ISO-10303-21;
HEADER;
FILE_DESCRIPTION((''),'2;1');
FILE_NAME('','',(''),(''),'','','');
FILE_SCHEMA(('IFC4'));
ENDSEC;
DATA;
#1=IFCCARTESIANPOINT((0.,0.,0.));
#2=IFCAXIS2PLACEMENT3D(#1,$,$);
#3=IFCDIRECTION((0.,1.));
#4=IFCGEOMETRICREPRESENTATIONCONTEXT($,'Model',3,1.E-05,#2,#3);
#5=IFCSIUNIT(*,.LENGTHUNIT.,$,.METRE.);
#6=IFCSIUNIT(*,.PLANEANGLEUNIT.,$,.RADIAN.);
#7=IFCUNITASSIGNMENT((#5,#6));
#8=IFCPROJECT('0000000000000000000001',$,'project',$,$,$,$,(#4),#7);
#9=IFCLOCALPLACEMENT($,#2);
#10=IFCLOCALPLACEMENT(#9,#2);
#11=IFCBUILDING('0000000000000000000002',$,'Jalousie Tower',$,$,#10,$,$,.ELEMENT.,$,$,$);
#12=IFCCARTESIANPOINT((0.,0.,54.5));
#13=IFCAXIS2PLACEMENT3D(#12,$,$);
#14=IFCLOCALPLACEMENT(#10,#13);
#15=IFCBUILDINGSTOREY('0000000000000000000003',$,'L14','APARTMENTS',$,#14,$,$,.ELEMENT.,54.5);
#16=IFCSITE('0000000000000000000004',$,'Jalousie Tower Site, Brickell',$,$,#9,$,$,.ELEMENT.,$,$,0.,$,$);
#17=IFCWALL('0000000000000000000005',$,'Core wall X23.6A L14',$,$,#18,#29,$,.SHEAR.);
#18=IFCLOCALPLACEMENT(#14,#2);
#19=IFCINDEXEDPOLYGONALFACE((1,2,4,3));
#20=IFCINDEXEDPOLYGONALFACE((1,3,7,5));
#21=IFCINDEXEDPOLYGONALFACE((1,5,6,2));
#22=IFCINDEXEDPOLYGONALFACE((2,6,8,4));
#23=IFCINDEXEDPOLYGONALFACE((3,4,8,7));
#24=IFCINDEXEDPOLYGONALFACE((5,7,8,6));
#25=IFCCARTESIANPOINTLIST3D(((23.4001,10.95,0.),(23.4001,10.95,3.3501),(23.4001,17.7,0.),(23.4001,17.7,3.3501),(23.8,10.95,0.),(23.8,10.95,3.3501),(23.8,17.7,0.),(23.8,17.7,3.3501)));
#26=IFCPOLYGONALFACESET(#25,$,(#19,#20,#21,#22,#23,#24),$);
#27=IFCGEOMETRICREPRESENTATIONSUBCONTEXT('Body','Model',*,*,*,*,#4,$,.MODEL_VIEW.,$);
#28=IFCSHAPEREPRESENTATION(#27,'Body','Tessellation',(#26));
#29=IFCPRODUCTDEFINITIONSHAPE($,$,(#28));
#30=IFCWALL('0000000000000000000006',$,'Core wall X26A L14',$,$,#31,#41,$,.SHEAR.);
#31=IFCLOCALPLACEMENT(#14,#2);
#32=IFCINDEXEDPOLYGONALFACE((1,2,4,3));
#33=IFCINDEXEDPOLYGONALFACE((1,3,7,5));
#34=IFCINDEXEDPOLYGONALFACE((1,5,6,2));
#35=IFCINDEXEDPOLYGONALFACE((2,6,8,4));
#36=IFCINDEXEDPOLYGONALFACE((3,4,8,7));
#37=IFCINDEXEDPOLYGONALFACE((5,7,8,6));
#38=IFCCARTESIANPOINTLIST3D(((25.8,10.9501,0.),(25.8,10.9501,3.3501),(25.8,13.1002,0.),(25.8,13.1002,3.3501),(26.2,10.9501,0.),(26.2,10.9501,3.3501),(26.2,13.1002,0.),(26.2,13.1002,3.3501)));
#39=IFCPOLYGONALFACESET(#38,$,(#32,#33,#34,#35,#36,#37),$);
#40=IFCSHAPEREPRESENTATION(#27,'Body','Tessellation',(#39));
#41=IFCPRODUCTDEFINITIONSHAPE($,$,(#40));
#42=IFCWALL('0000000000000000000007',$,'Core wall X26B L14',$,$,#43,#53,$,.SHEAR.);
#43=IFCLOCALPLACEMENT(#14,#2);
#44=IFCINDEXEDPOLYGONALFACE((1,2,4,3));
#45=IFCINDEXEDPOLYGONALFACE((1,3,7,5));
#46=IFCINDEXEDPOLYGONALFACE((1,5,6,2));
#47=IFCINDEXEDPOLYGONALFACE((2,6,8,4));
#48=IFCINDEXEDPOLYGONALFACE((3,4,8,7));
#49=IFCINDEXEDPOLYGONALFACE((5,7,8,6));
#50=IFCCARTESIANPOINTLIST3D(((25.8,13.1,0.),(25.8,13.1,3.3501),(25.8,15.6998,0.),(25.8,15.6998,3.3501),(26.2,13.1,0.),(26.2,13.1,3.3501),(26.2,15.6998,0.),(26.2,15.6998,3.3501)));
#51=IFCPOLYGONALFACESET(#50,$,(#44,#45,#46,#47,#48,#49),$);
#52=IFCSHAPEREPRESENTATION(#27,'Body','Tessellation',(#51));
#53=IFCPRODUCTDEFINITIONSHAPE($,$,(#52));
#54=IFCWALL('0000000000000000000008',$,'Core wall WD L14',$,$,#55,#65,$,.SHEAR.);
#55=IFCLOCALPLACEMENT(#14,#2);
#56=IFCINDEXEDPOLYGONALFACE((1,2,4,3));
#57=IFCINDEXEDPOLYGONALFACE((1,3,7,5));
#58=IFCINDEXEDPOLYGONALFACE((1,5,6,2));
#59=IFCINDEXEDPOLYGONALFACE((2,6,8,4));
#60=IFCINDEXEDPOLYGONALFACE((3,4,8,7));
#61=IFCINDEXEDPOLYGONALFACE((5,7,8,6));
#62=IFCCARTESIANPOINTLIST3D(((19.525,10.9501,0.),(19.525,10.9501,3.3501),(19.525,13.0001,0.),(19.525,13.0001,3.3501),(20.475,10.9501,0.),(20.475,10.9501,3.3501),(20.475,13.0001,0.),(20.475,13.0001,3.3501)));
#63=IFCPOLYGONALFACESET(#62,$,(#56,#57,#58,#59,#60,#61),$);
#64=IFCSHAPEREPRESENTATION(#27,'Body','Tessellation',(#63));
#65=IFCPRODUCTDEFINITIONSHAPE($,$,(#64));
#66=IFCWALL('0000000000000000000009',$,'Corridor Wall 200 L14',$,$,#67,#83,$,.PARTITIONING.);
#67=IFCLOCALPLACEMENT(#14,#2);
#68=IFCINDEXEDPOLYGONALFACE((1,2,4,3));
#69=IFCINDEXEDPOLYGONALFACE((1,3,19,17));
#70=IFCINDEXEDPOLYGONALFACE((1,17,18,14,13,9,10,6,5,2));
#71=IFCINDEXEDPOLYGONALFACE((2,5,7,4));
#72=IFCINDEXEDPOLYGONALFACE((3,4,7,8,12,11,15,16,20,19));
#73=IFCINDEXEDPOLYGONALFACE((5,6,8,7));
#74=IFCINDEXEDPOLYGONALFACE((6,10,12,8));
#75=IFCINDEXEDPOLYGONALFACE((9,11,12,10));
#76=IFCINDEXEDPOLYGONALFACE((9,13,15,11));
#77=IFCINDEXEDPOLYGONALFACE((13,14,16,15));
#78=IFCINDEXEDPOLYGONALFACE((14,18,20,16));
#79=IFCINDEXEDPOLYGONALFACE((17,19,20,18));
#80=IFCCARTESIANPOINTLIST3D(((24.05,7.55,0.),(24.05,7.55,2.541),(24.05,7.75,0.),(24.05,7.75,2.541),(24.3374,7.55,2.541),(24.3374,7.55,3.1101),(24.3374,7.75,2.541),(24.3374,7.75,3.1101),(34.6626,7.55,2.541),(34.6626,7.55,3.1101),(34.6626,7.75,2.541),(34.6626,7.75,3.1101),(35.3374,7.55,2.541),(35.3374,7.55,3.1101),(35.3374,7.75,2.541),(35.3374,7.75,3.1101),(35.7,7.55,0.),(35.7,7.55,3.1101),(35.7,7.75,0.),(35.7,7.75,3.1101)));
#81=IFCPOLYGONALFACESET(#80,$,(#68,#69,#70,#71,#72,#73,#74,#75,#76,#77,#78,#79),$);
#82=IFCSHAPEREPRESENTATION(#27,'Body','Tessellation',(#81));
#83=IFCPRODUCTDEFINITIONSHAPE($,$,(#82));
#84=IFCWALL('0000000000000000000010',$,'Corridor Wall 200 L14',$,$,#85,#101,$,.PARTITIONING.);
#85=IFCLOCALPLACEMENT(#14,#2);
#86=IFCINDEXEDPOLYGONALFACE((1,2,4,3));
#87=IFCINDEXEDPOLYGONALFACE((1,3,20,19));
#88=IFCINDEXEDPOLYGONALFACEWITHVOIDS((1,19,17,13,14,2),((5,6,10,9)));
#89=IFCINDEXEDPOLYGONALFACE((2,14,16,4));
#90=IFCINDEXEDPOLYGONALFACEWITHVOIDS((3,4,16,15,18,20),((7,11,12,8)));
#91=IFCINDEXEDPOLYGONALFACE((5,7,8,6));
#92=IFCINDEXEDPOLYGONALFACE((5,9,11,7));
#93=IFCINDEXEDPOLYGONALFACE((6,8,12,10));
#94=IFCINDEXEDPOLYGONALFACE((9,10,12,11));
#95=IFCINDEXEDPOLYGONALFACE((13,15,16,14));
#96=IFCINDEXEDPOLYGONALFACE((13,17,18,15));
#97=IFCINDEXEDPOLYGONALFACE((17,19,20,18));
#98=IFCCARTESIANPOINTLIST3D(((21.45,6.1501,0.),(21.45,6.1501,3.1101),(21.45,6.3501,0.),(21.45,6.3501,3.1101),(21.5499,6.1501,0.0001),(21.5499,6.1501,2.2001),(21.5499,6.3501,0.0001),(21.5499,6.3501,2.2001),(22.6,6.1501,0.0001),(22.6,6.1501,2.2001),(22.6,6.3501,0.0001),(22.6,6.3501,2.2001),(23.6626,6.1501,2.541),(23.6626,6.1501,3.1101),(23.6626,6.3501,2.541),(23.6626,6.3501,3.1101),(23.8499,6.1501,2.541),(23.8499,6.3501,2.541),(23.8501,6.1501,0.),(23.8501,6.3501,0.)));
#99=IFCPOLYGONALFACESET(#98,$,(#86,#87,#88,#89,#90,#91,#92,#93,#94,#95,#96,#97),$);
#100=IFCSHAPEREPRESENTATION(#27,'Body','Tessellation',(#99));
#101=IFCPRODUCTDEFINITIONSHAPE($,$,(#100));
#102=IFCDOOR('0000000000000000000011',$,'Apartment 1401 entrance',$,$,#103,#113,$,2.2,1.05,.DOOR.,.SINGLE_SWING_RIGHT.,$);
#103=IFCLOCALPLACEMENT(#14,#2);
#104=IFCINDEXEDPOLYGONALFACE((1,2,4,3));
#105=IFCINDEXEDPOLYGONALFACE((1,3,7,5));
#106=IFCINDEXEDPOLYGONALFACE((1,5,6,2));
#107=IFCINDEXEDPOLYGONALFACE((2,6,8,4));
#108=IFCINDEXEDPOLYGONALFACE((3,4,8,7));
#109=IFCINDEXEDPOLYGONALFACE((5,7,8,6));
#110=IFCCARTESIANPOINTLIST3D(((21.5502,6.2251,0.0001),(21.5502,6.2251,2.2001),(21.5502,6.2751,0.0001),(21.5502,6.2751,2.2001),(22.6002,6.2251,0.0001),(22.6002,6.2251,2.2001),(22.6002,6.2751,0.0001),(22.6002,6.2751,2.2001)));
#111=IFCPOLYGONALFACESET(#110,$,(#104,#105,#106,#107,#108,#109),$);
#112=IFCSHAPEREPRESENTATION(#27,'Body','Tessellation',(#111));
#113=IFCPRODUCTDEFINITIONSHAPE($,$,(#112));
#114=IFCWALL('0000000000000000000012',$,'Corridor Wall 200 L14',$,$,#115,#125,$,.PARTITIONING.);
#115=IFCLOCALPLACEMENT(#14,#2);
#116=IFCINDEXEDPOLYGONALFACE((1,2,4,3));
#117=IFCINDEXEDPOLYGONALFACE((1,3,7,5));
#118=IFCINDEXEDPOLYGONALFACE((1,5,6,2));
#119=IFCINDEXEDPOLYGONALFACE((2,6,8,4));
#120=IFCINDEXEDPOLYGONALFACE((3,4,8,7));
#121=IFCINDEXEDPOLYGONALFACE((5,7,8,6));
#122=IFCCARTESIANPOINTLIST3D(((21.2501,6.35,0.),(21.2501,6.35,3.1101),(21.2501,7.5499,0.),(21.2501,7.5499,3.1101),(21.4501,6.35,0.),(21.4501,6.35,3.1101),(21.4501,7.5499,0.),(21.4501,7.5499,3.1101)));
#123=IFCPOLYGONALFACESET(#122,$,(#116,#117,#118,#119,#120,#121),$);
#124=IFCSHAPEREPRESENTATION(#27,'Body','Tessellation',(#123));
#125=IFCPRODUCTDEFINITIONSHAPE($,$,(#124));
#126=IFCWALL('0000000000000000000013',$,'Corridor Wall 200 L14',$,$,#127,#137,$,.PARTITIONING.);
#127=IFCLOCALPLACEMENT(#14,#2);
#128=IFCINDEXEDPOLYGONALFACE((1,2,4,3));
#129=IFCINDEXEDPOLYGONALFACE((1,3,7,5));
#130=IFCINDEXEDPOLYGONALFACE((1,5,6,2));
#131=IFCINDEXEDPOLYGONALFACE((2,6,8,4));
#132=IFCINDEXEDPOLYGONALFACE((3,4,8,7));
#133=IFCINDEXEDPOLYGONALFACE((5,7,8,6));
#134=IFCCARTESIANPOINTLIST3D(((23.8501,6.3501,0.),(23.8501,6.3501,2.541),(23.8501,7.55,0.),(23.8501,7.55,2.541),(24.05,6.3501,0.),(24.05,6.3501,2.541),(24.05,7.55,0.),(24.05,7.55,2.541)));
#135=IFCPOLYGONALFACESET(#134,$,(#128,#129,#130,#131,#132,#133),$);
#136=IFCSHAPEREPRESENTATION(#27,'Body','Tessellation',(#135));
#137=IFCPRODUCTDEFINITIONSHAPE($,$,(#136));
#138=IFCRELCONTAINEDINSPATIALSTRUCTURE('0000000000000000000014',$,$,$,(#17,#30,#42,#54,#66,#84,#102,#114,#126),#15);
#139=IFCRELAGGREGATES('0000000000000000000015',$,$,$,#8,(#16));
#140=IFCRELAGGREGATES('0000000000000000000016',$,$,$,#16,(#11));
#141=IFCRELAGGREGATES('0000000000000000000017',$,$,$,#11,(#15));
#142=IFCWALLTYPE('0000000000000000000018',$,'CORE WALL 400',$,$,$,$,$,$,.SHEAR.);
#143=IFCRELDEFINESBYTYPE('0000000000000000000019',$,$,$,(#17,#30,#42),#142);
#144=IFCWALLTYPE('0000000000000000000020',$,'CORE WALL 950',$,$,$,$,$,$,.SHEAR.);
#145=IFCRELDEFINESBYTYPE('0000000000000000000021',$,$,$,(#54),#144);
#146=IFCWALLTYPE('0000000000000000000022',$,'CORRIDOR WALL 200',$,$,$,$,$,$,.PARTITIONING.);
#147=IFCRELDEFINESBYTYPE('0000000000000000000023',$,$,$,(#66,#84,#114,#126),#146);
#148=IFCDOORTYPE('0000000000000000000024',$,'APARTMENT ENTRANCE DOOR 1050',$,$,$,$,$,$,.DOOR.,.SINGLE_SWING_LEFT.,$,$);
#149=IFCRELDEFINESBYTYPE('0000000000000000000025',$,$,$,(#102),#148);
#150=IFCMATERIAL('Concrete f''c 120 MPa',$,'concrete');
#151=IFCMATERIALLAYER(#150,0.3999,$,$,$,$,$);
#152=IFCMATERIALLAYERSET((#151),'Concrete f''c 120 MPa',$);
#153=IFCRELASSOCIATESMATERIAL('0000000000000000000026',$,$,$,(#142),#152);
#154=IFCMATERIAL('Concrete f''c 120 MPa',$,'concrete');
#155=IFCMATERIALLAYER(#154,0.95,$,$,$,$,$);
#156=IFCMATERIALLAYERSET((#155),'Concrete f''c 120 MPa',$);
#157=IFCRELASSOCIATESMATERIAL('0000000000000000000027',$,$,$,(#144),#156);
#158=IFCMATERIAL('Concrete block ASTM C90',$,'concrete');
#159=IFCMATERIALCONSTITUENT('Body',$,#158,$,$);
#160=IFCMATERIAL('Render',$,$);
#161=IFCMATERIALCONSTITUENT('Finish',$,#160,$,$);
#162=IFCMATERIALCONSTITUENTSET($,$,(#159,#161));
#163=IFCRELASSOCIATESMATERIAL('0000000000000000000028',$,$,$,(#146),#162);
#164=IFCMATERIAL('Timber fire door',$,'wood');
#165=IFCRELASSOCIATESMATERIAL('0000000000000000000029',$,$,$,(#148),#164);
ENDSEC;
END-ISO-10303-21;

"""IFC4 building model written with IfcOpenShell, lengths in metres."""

from ifc_helpers import new_model, si_unit, direction, frame, frame_2d, origin, place, context, subcontext, project, spatial, polyline, rectangle, outline, extrude, material, layer, layer_set, constituent, constituent_set, type_object, element, fill, save


model = new_model("IFC4")

# Units and contexts
model_context = context("Model", 3, precision=1e-05, world=origin(), true_north=direction((0.0, 1.0)))
body_context = subcontext(model_context, "Body", "Model", "MODEL_VIEW")
ifc_project = project(units=[si_unit("LENGTHUNIT", "METRE"), si_unit("PLANEANGLEUNIT", "RADIAN")], contexts=[model_context])

# Site, building, storey
site_placement = place(None, origin())
site = spatial("IfcSite", under=ifc_project, at=site_placement, Name="Jalousie Tower Site, Brickell", CompositionType="ELEMENT", RefElevation=0.0)
building_placement = place(site_placement, origin())
building = spatial("IfcBuilding", under=site, at=building_placement, Name="Jalousie Tower", CompositionType="ELEMENT")
storey_placement = place(building_placement, frame((0.0, 0.0, 54.5)))
storey = spatial("IfcBuildingStorey", under=building, at=storey_placement, Name="L14", Description="APARTMENTS", CompositionType="ELEMENT", Elevation=54.5)

# Walls
ifc_material_1 = material(Name="Concrete f'c 120 MPa", Category="concrete")
ifc_layer_1 = layer(ifc_material_1, 0.3999)
ifc_layer_set_1 = layer_set([ifc_layer_1], Name="Concrete f'c 120 MPa")
wall_type_1 = type_object("IfcWallType", Name="CORE WALL 400", PredefinedType="SHEAR", material=ifc_layer_set_1)
wall_1_placement = place(storey_placement, frame((23.6001, 10.95, 0.0), z_axis=(0.0, 0.0, 1.0), x_axis=(0.0, 1.0, 0.0)))
element("IfcWall", 1, at=wall_1_placement, inside=storey, type_object=wall_type_1, Name="Core wall X23.6A L14", PredefinedType="SHEAR", context=body_context, shape_type="SweptSolid", body=[
    extrude(rectangle(XDim=6.75, YDim=0.3999, at=frame_2d((3.375, 0.0))), origin(), (0.0, 0.0, 1.0), 3.3501),
])
wall_2_placement = place(storey_placement, frame((26.0, 10.95, 0.0), z_axis=(0.0, 0.0, 1.0), x_axis=(0.0, 1.0, 0.0)))
element("IfcWall", 2, at=wall_2_placement, inside=storey, type_object=wall_type_1, Name="Core wall X26A L14", PredefinedType="SHEAR", context=body_context, shape_type="SweptSolid", body=[
    extrude(rectangle(XDim=2.1501, YDim=0.3999, at=frame_2d((1.0752, 0.0))), origin(), (0.0, 0.0, 1.0), 3.3501),
])
wall_3_placement = place(storey_placement, frame((26.0, 13.1001, 0.0), z_axis=(0.0, 0.0, 1.0), x_axis=(0.0, 1.0, 0.0)))
element("IfcWall", 3, at=wall_3_placement, inside=storey, type_object=wall_type_1, Name="Core wall X26B L14", PredefinedType="SHEAR", context=body_context, shape_type="SweptSolid", body=[
    extrude(rectangle(XDim=2.5999, YDim=0.3999, at=frame_2d((1.2998, 0.0))), origin(), (0.0, 0.0, 1.0), 3.3501),
])
ifc_material_2 = material(Name="Concrete f'c 120 MPa", Category="concrete")
ifc_layer_2 = layer(ifc_material_2, 0.95)
ifc_layer_set_2 = layer_set([ifc_layer_2], Name="Concrete f'c 120 MPa")
wall_type_2 = type_object("IfcWallType", Name="CORE WALL 950", PredefinedType="SHEAR", material=ifc_layer_set_2)
wall_4_placement = place(storey_placement, frame((20.0, 13.0, 0.0), z_axis=(0.0, 0.0, 1.0), x_axis=(0.0, -1.0, 0.0)))
element("IfcWall", 4, at=wall_4_placement, inside=storey, type_object=wall_type_2, Name="Core wall WD L14", PredefinedType="SHEAR", context=body_context, shape_type="SweptSolid", body=[
    extrude(rectangle(XDim=2.05, YDim=0.95, at=frame_2d((1.0249, 0.0))), origin(), (0.0, 0.0, 1.0), 3.3501),
])
ifc_material_3 = material(Name="Concrete block ASTM C90", Category="concrete")
ifc_constituent_1 = constituent(ifc_material_3, Name="Body")
ifc_material_4 = material(Name="Render")
ifc_constituent_2 = constituent(ifc_material_4, Name="Finish")
ifc_constituent_set_1 = constituent_set(constituents=[ifc_constituent_1, ifc_constituent_2])
wall_type_3 = type_object("IfcWallType", Name="CORRIDOR WALL 200", PredefinedType="PARTITIONING", material=ifc_constituent_set_1)
wall_5_placement = place(storey_placement, frame((24.05, 7.6499, 0.0), z_axis=(0.0, 0.0, 1.0), x_axis=(1.0, 0.0, 0.0)))
element("IfcWall", 5, at=wall_5_placement, inside=storey, type_object=wall_type_3, Name="Corridor Wall 200 L14", PredefinedType="PARTITIONING", context=body_context, shape_type="SweptSolid", body=[
    extrude(outline(polyline([(0.0, 0.0), (11.6499, 0.0), (11.6499, 3.1101), (11.2874, 3.1101), (11.2874, 2.541), (10.6125, 2.541), (10.6125, 3.1101), (0.2874, 3.1101), (0.2874, 2.541), (0.0, 2.541), (0.0, 3.1101), (0.0, 0.0)])), frame((0.0, 0.1001, 0.0), z_axis=(0.0, -1.0, 0.0), x_axis=(1.0, 0.0, 0.0)), (0.0, 0.0, 1.0), 0.2),
])

# Wall, opening, door
wall_6_placement = place(storey_placement, frame((21.45, 6.25, 0.0), z_axis=(0.0, 0.0, 1.0), x_axis=(1.0, 0.0, 0.0)))
wall_6 = element("IfcWall", 6, at=wall_6_placement, inside=storey, type_object=wall_type_3, Name="Corridor Wall 200 L14", PredefinedType="PARTITIONING", context=body_context, shape_type="SweptSolid", body=[
    extrude(outline(polyline([(0.0, 0.0), (2.4001, 0.0), (2.3999, 3.1101), (2.3999, 2.541), (2.2126, 2.541), (2.2126, 3.1101), (0.0, 3.1101), (0.0, 0.0)])), frame((0.0, 0.1001, 0.0), z_axis=(0.0, -1.0, 0.0), x_axis=(1.0, 0.0, 0.0)), (0.0, 0.0, 1.0), 0.2),
])
opening_1_placement = place(wall_6_placement, frame((0.1001, 0.0, 0.0)))
opening_1 = element("IfcOpeningElement", 7, at=opening_1_placement, cuts=wall_6, PredefinedType="OPENING", context=body_context, shape_type="SweptSolid", body=[
    extrude(rectangle(XDim=1.05, YDim=2.2, at=frame_2d((0.5249, 1.1001))), frame((0.0, 0.1099, 0.0), z_axis=(0.0, -1.0, 0.0), x_axis=(1.0, 0.0, 0.0)), (0.0, 0.0, 1.0), 0.22),
])
ifc_material_5 = material(Name="Timber fire door", Category="wood")
door_type_1 = type_object("IfcDoorType", Name="APARTMENT ENTRANCE DOOR 1050", OperationType="SINGLE_SWING_LEFT", PredefinedType="DOOR", material=ifc_material_5)
door_1_placement = place(opening_1_placement, frame((1.05, 0.0, 0.0), z_axis=(0.0, 0.0, 1.0), x_axis=(-1.0, 0.0, 0.0)))
door_1 = element("IfcDoor", 8, at=door_1_placement, inside=storey, type_object=door_type_1, Name="Apartment 1401 entrance", OperationType="SINGLE_SWING_RIGHT", OverallHeight=2.2, OverallWidth=1.05, PredefinedType="DOOR", context=body_context, shape_type="SweptSolid", body=[
    extrude(rectangle(XDim=1.05, YDim=2.2, at=frame_2d((0.5249, 1.1001))), frame((0.0, 0.0249, 0.0), z_axis=(0.0, -1.0, 0.0), x_axis=(1.0, 0.0, 0.0)), (0.0, 0.0, 1.0), 0.05),
])
fill(opening_1, door_1)

# Walls
wall_7_placement = place(storey_placement, frame((21.3501, 7.55, 0.0), z_axis=(0.0, 0.0, 1.0), x_axis=(0.0, -1.0, 0.0)))
element("IfcWall", 9, at=wall_7_placement, inside=storey, type_object=wall_type_3, Name="Corridor Wall 200 L14", PredefinedType="PARTITIONING", context=body_context, shape_type="SweptSolid", body=[
    extrude(rectangle(XDim=1.2, YDim=0.2, at=frame_2d((0.6001, 0.0))), origin(), (0.0, 0.0, 1.0), 3.1101),
])
wall_8_placement = place(storey_placement, frame((23.95, 7.55, 0.0), z_axis=(0.0, 0.0, 1.0), x_axis=(0.0, -1.0, 0.0)))
element("IfcWall", 10, at=wall_8_placement, inside=storey, type_object=wall_type_3, Name="Corridor Wall 200 L14", PredefinedType="PARTITIONING", context=body_context, shape_type="SweptSolid", body=[
    extrude(outline(polyline([(0.0, 0.0), (1.2, 0.0), (1.2, 3.1101), (1.2, 2.541), (0.0, 2.541), (0.0, 3.1101), (0.0, 0.0)])), frame((0.0, 0.1001, 0.0), z_axis=(0.0, -1.0, 0.0), x_axis=(1.0, 0.0, 0.0)), (0.0, 0.0, 1.0), 0.2),
])

save(model, "model.ifc")
